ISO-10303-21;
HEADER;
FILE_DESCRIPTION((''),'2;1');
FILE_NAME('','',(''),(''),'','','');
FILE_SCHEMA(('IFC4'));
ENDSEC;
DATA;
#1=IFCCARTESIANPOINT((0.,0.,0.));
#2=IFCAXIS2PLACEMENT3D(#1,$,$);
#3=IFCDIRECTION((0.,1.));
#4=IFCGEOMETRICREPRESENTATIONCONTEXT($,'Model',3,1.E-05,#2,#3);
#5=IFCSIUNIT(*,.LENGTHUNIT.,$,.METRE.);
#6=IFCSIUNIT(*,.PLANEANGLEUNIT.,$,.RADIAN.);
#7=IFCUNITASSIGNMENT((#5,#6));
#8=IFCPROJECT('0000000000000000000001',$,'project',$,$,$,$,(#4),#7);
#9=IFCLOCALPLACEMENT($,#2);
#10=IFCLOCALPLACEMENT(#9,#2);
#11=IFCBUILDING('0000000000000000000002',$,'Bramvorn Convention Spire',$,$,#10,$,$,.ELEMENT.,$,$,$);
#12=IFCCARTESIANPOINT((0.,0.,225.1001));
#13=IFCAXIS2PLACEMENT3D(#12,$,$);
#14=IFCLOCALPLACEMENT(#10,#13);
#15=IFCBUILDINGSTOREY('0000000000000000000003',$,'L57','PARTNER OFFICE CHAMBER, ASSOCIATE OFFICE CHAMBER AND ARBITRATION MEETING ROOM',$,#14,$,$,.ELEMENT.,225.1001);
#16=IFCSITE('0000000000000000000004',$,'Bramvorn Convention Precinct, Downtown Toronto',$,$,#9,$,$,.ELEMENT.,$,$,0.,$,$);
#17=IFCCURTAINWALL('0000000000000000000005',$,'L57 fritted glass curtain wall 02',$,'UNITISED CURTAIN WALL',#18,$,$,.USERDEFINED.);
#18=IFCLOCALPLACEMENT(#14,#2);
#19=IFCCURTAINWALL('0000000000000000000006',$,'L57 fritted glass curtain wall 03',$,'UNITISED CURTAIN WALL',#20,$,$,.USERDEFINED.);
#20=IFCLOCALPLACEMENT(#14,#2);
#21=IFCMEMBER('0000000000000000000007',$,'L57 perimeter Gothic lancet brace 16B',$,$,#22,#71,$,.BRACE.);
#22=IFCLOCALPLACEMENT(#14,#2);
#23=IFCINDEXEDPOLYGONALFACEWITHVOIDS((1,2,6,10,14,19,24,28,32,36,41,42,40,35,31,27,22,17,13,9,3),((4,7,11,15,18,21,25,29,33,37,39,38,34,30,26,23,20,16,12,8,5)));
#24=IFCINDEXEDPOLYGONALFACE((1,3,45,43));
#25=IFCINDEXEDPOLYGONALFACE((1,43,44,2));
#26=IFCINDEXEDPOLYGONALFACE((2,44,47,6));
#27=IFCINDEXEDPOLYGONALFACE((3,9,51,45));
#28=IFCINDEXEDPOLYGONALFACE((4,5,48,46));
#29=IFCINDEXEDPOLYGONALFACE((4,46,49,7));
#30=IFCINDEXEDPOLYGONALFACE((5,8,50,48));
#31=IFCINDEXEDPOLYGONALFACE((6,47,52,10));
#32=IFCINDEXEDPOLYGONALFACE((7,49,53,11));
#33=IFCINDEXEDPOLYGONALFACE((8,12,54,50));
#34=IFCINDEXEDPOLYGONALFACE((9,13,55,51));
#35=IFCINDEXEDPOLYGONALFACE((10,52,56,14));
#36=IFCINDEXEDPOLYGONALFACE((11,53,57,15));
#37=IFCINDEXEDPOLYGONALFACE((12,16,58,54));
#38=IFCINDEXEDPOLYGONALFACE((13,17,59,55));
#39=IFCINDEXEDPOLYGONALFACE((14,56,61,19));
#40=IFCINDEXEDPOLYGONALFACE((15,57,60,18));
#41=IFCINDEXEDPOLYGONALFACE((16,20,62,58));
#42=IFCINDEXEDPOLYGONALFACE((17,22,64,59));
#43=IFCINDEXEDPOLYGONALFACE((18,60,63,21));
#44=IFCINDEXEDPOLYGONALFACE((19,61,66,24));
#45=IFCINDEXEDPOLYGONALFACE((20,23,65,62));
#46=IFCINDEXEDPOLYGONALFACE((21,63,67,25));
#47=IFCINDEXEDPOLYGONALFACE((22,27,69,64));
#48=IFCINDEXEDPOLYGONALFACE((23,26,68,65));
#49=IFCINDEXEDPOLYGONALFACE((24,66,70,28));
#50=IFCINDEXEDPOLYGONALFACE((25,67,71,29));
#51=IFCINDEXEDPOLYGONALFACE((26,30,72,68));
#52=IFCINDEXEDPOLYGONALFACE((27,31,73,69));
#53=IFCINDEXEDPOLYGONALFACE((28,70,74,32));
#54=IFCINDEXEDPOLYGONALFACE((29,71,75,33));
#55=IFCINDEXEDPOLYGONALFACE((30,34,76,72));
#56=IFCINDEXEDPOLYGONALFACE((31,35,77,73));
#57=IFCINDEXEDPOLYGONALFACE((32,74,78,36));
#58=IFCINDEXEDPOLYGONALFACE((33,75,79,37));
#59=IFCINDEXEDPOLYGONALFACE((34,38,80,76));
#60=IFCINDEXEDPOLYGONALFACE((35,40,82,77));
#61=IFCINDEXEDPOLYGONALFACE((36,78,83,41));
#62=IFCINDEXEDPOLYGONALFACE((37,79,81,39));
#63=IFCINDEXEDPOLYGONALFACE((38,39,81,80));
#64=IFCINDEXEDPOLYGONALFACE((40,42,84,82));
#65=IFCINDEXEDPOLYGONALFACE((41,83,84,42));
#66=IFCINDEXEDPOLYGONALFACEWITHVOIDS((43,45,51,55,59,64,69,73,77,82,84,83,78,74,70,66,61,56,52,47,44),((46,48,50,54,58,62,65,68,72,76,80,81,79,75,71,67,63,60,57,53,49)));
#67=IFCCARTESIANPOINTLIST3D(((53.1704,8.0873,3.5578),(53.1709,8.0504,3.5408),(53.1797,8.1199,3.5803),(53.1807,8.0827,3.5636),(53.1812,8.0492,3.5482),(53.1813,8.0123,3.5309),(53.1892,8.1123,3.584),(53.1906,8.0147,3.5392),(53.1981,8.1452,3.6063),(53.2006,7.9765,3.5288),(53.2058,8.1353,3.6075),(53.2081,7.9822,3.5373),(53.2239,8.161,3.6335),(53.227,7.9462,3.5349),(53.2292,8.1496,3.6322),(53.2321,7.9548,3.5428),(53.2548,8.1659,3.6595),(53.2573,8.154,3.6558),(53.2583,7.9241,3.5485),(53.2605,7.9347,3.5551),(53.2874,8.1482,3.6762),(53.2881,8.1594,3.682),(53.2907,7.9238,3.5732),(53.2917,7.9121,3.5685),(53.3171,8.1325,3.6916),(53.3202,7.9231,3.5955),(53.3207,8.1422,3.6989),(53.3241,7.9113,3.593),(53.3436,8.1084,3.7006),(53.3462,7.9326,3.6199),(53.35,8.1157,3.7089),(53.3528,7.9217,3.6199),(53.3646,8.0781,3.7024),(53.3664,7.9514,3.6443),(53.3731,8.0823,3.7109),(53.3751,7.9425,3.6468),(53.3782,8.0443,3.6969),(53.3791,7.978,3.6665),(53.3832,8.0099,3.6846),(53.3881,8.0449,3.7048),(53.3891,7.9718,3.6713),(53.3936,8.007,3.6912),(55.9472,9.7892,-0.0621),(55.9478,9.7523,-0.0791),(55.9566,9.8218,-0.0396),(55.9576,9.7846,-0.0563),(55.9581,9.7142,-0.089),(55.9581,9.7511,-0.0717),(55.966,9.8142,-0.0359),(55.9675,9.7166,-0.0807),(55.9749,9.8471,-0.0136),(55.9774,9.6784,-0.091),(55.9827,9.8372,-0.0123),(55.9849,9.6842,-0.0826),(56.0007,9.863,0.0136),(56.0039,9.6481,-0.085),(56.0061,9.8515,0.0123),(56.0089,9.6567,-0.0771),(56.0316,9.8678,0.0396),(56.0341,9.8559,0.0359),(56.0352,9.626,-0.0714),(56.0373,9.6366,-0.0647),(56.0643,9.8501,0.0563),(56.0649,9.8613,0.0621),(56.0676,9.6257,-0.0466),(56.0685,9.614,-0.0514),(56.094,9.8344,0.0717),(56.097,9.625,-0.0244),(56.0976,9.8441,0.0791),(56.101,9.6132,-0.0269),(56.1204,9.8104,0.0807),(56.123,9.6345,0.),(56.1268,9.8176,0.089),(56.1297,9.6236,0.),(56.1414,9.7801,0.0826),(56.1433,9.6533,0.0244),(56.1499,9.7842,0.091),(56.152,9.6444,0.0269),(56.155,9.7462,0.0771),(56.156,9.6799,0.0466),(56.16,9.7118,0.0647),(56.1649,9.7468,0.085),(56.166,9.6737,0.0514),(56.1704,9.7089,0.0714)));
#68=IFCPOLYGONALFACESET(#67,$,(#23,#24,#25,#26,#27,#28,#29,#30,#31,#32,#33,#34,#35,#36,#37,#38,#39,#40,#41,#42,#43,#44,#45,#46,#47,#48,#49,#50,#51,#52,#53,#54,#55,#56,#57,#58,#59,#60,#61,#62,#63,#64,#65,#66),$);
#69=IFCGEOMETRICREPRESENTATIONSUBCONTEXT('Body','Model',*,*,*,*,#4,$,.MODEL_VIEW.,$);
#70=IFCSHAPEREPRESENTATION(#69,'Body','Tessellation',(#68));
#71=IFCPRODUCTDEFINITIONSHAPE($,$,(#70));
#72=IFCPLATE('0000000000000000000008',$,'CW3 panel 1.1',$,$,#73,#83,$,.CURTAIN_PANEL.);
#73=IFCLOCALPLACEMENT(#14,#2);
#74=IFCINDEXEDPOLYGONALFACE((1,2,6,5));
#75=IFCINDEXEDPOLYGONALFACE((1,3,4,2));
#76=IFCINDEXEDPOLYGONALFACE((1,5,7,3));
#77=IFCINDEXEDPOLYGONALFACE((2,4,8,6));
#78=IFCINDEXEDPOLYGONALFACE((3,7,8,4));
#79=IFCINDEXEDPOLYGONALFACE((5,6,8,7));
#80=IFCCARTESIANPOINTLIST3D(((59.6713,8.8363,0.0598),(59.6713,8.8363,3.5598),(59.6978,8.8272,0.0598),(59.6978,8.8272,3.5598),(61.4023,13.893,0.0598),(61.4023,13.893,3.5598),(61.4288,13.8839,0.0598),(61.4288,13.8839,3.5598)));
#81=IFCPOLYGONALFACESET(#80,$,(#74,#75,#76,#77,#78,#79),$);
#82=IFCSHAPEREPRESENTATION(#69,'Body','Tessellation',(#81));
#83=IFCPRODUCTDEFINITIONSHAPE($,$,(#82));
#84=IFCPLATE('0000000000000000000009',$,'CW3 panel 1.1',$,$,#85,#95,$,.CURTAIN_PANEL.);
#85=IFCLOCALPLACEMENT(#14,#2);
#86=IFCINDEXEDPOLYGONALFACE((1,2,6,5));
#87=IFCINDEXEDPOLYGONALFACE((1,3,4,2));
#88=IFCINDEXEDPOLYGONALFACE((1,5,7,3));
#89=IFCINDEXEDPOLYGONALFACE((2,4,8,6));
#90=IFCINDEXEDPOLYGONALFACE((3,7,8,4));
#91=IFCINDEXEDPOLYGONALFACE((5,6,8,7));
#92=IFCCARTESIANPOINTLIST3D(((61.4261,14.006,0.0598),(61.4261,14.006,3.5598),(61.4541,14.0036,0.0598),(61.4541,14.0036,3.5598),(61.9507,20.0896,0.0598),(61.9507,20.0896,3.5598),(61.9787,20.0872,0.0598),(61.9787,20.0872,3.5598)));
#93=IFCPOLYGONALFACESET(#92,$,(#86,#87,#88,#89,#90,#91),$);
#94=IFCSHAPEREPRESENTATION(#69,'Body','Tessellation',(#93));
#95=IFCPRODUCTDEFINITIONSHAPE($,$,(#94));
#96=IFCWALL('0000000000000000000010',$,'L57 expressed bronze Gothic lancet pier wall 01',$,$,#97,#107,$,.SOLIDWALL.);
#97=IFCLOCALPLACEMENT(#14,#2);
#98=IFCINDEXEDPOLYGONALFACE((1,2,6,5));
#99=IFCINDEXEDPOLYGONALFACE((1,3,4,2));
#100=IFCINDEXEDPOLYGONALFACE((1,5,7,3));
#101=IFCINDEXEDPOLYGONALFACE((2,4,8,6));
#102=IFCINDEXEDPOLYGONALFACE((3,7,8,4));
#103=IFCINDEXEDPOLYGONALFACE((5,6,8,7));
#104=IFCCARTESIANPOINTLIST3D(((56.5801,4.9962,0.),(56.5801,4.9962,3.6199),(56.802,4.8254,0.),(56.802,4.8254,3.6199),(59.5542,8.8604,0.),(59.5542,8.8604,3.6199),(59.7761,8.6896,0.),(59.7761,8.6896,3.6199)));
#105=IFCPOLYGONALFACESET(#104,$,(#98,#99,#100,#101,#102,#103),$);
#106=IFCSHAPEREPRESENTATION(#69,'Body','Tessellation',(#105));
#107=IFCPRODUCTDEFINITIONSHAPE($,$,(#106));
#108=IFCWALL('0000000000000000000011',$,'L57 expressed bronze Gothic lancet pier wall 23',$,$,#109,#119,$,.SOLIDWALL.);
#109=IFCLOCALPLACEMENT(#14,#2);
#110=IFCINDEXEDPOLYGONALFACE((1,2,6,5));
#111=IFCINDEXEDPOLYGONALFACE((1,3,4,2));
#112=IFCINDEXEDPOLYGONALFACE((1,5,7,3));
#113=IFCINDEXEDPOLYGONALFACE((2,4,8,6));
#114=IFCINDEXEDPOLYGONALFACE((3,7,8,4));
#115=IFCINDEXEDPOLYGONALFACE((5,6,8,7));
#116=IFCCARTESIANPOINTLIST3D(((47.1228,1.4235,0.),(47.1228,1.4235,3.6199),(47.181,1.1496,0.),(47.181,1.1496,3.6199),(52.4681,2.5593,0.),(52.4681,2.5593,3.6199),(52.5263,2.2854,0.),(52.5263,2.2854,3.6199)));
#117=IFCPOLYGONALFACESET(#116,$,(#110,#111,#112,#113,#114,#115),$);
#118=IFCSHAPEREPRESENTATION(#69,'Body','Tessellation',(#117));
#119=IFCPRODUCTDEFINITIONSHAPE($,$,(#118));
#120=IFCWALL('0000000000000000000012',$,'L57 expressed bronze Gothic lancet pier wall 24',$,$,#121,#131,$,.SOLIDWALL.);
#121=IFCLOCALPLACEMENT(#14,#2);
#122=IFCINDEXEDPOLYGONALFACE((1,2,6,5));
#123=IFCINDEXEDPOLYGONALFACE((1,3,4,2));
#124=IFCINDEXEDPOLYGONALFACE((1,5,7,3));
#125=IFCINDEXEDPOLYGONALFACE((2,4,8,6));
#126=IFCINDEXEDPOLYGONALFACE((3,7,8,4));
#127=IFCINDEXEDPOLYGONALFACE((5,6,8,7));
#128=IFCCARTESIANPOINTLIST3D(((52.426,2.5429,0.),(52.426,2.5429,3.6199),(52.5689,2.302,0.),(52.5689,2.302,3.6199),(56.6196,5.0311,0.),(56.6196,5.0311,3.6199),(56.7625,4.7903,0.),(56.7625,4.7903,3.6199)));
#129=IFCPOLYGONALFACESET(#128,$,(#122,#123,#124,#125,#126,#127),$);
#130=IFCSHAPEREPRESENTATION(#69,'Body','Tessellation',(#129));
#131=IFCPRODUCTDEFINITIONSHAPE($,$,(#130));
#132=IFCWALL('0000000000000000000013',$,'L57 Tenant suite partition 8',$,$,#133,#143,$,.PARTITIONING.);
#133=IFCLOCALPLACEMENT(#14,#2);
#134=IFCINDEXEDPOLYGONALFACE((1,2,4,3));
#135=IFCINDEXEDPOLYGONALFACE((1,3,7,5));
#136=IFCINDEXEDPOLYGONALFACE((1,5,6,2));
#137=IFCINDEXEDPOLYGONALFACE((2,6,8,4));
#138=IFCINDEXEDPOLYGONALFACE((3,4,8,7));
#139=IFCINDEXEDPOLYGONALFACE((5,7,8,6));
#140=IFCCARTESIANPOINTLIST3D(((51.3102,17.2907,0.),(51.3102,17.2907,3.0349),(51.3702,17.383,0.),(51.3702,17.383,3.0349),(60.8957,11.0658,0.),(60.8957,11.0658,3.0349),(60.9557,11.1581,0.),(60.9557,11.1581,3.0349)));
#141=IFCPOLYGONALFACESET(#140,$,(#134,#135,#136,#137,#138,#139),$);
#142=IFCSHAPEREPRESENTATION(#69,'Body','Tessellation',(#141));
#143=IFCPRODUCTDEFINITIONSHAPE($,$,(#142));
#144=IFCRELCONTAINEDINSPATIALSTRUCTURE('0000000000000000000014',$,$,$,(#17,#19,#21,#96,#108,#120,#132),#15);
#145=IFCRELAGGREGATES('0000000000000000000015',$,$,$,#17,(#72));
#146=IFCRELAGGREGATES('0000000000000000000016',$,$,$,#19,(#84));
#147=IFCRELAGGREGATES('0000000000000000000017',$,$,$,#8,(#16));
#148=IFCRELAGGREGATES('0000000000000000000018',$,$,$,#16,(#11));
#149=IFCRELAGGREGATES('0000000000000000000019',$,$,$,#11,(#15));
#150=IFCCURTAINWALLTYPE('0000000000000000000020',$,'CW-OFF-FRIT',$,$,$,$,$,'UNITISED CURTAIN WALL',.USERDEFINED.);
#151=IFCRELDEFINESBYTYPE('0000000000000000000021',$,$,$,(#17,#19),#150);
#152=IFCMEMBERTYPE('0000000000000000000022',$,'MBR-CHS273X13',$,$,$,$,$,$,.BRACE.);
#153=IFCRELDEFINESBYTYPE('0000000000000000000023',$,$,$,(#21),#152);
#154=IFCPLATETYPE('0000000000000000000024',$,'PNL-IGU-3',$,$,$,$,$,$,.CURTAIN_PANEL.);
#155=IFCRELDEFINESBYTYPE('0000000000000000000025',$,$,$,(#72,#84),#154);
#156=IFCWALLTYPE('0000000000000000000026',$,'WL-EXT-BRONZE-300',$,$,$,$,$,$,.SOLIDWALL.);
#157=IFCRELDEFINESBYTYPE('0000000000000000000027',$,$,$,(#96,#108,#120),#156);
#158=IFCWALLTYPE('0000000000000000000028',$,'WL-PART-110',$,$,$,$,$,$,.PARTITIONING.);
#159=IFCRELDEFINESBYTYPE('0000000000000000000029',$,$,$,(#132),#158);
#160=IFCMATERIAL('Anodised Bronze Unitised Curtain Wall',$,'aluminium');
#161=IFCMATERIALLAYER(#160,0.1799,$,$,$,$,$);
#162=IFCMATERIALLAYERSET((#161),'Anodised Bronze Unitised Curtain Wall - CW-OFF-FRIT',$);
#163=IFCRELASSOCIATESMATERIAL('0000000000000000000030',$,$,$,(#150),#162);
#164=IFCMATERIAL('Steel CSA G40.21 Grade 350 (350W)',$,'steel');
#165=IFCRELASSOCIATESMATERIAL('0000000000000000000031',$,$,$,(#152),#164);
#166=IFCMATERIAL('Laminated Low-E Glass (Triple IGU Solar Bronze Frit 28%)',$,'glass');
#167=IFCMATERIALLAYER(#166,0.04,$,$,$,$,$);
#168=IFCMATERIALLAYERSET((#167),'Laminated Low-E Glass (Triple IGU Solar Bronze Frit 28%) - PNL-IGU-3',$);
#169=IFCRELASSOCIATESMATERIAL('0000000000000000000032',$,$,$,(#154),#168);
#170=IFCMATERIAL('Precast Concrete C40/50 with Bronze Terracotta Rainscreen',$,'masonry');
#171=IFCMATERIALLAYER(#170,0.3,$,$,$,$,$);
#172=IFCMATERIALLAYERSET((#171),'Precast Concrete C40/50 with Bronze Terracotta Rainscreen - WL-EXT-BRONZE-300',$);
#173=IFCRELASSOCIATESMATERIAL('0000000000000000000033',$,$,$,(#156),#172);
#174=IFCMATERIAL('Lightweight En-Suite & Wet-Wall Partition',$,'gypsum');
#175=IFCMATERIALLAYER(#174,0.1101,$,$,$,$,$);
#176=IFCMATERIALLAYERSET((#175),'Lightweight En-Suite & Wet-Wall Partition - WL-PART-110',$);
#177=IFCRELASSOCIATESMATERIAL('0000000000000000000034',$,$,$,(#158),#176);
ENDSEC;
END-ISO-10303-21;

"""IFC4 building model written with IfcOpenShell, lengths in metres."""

from ifc_helpers import new_model, si_unit, direction, frame, frame_2d, origin, origin_2d, place, context, subcontext, project, spatial, rectangle, hollow_circle, extrude, material, layer, layer_set, material_profile, profile_set, type_object, element, aggregate, save


model = new_model("IFC4")

# Units and contexts
model_context = context("Model", 3, precision=1e-05, world=origin(), true_north=direction((0.0, 1.0)))
body_context = subcontext(model_context, "Body", "Model", "MODEL_VIEW")
ifc_project = project(units=[si_unit("LENGTHUNIT", "METRE"), si_unit("PLANEANGLEUNIT", "RADIAN")], contexts=[model_context])

# Site, building, storey
site_placement = place(None, origin())
site = spatial("IfcSite", under=ifc_project, at=site_placement, Name="Bramvorn Convention Precinct, Downtown Toronto", CompositionType="ELEMENT", RefElevation=0.0)
building_placement = place(site_placement, origin())
building = spatial("IfcBuilding", under=site, at=building_placement, Name="Bramvorn Convention Spire", CompositionType="ELEMENT")
storey_placement = place(building_placement, frame((0.0, 0.0, 225.1001)))
storey = spatial("IfcBuildingStorey", under=building, at=storey_placement, Name="L57", Description="PARTNER OFFICE CHAMBER, ASSOCIATE OFFICE CHAMBER AND ARBITRATION MEETING ROOM", CompositionType="ELEMENT", Elevation=225.1001)

# Shared definitions
ifc_material_1 = material(Name="Steel CSA G40.21 Grade 350 (350W)", Category="steel")

# Curtain walls
ifc_material_2 = material(Name="Anodised Bronze Unitised Curtain Wall", Category="aluminium")
ifc_layer_1 = layer(ifc_material_2, 0.1799)
ifc_layer_set_1 = layer_set([ifc_layer_1], Name="Anodised Bronze Unitised Curtain Wall - CW-OFF-FRIT")
curtain_wall_type = type_object("IfcCurtainWallType", Name="CW-OFF-FRIT", ElementType="UNITISED CURTAIN WALL", PredefinedType="USERDEFINED", material=ifc_layer_set_1)
curtain_wall_1_placement = place(storey_placement, origin())
curtain_wall_1 = element("IfcCurtainWall", 1, at=curtain_wall_1_placement, inside=storey, type_object=curtain_wall_type, Name="L57 fritted glass curtain wall 02", ObjectType="UNITISED CURTAIN WALL", PredefinedType="USERDEFINED")
curtain_wall_2_placement = place(storey_placement, origin())
curtain_wall_2 = element("IfcCurtainWall", 2, at=curtain_wall_2_placement, inside=storey, type_object=curtain_wall_type, Name="L57 fritted glass curtain wall 03", ObjectType="UNITISED CURTAIN WALL", PredefinedType="USERDEFINED")

# Member
ifc_material_profile_1 = material_profile(ifc_material_1, hollow_circle(Radius=0.1365, WallThickness=0.0127, at=origin_2d()))
ifc_profile_set_1 = profile_set([ifc_material_profile_1], Name="Steel CSA G40.21 Grade 350 (350W) - CHS273X13")
member_type_1 = type_object("IfcMemberType", Name="MBR-CHS273X13", PredefinedType="BRACE", material=ifc_profile_set_1)
member_1_placement = place(storey_placement, frame((56.0583, 9.74, 0.0), z_axis=(-0.570269, -0.349511, 0.743395), x_axis=(0.522553, -0.852607, 0.0)))
element("IfcMember", 3, at=member_1_placement, inside=storey, type_object=member_type_1, Name="L57 perimeter Gothic lancet brace 16B", PredefinedType="BRACE", context=body_context, shape_type="SweptSolid", body=[
    extrude(hollow_circle(Radius=0.1365, WallThickness=0.0127, at=origin_2d()), origin(), (0.0, 0.0, 1.0), 4.8694),
])

# Plates
ifc_material_3 = material(Name="Laminated Low-E Glass (Triple IGU Solar Bronze Frit 28%)", Category="glass")
ifc_layer_2 = layer(ifc_material_3, 0.04)
ifc_layer_set_2 = layer_set([ifc_layer_2], Name="Laminated Low-E Glass (Triple IGU Solar Bronze Frit 28%) - PNL-IGU-3")
plate_type = type_object("IfcPlateType", Name="PNL-IGU-3", PredefinedType="CURTAIN_PANEL", material=ifc_layer_set_2)
plate_1_placement = place(storey_placement, frame((60.55, 11.3601, 0.0598), z_axis=(0.0, 0.0, 1.0), x_axis=(-0.323865, -0.946103, 0.0)))
plate_1 = element("IfcPlate", 4, at=plate_1_placement, type_object=plate_type, Name="CW3 panel 1.1", PredefinedType="CURTAIN_PANEL", context=body_context, shape_type="SweptSolid", body=[
    extrude(rectangle(XDim=5.3447, YDim=0.0281, at=origin_2d()), origin(), (0.0, 0.0, 1.0), 3.5),
])
aggregate(curtain_wall_1, [plate_1])
plate_2_placement = place(storey_placement, frame((61.7024, 17.0466, 0.0598), z_axis=(0.0, 0.0, 1.0), x_axis=(-0.08591, -0.996303, 0.0)))
plate_2 = element("IfcPlate", 5, at=plate_2_placement, type_object=plate_type, Name="CW3 panel 1.1", PredefinedType="CURTAIN_PANEL", context=body_context, shape_type="SweptSolid", body=[
    extrude(rectangle(XDim=6.1062, YDim=0.0281, at=origin_2d()), origin(), (0.0, 0.0, 1.0), 3.5),
])
aggregate(curtain_wall_2, [plate_2])

# Walls
ifc_material_4 = material(Name="Precast Concrete C40/50 with Bronze Terracotta Rainscreen", Category="masonry")
ifc_layer_3 = layer(ifc_material_4, 0.3)
ifc_layer_set_3 = layer_set([ifc_layer_3], Name="Precast Concrete C40/50 with Bronze Terracotta Rainscreen - WL-EXT-BRONZE-300")
wall_type_1 = type_object("IfcWallType", Name="WL-EXT-BRONZE-300", PredefinedType="SOLIDWALL", material=ifc_layer_set_3)
wall_1_placement = place(storey_placement, frame((59.665, 8.7749, 0.0), z_axis=(0.0, 0.0, 1.0), x_axis=(-0.609919, -0.792464, 0.0)))
element("IfcWall", 6, at=wall_1_placement, inside=storey, type_object=wall_type_1, Name="L57 expressed bronze Gothic lancet pier wall 01", PredefinedType="SOLIDWALL", context=body_context, shape_type="SweptSolid", body=[
    extrude(rectangle(XDim=4.8762, YDim=0.28, at=frame_2d((2.438, 0.0))), origin(), (0.0, 0.0, 1.0), 3.6199),
])
wall_2_placement = place(storey_placement, frame((52.4973, 2.4224, 0.0), z_axis=(0.0, 0.0, 1.0), x_axis=(-0.978163, -0.207838, 0.0)))
element("IfcWall", 7, at=wall_2_placement, inside=storey, type_object=wall_type_1, Name="L57 expressed bronze Gothic lancet pier wall 23", PredefinedType="SOLIDWALL", context=body_context, shape_type="SweptSolid", body=[
    extrude(rectangle(XDim=5.4646, YDim=0.28, at=frame_2d((2.7324, 0.0))), origin(), (0.0, 0.0, 1.0), 3.6199),
])
wall_3_placement = place(storey_placement, frame((56.6909, 4.9106, 0.0), z_axis=(0.0, 0.0, 1.0), x_axis=(-0.860005, -0.510285, 0.0)))
element("IfcWall", 8, at=wall_3_placement, inside=storey, type_object=wall_type_1, Name="L57 expressed bronze Gothic lancet pier wall 24", PredefinedType="SOLIDWALL", context=body_context, shape_type="SweptSolid", body=[
    extrude(rectangle(XDim=4.8762, YDim=0.28, at=frame_2d((2.438, 0.0))), origin(), (0.0, 0.0, 1.0), 3.6199),
])
ifc_material_5 = material(Name="Lightweight En-Suite & Wet-Wall Partition", Category="gypsum")
ifc_layer_4 = layer(ifc_material_5, 0.1101)
ifc_layer_set_4 = layer_set([ifc_layer_4], Name="Lightweight En-Suite & Wet-Wall Partition - WL-PART-110")
wall_type_2 = type_object("IfcWallType", Name="WL-PART-110", PredefinedType="PARTITIONING", material=ifc_layer_set_4)
wall_4_placement = place(storey_placement, frame((51.3401, 17.3369, 0.0), z_axis=(0.0, 0.0, 1.0), x_axis=(0.838671, -0.544638, 0.0)))
element("IfcWall", 9, at=wall_4_placement, inside=storey, type_object=wall_type_2, Name="L57 Tenant suite partition 8", PredefinedType="PARTITIONING", context=body_context, shape_type="SweptSolid", body=[
    extrude(rectangle(XDim=11.4294, YDim=0.1101, at=frame_2d((5.7148, 0.0))), origin(), (0.0, 0.0, 1.0), 3.0349),
])

save(model, "model.ifc")
